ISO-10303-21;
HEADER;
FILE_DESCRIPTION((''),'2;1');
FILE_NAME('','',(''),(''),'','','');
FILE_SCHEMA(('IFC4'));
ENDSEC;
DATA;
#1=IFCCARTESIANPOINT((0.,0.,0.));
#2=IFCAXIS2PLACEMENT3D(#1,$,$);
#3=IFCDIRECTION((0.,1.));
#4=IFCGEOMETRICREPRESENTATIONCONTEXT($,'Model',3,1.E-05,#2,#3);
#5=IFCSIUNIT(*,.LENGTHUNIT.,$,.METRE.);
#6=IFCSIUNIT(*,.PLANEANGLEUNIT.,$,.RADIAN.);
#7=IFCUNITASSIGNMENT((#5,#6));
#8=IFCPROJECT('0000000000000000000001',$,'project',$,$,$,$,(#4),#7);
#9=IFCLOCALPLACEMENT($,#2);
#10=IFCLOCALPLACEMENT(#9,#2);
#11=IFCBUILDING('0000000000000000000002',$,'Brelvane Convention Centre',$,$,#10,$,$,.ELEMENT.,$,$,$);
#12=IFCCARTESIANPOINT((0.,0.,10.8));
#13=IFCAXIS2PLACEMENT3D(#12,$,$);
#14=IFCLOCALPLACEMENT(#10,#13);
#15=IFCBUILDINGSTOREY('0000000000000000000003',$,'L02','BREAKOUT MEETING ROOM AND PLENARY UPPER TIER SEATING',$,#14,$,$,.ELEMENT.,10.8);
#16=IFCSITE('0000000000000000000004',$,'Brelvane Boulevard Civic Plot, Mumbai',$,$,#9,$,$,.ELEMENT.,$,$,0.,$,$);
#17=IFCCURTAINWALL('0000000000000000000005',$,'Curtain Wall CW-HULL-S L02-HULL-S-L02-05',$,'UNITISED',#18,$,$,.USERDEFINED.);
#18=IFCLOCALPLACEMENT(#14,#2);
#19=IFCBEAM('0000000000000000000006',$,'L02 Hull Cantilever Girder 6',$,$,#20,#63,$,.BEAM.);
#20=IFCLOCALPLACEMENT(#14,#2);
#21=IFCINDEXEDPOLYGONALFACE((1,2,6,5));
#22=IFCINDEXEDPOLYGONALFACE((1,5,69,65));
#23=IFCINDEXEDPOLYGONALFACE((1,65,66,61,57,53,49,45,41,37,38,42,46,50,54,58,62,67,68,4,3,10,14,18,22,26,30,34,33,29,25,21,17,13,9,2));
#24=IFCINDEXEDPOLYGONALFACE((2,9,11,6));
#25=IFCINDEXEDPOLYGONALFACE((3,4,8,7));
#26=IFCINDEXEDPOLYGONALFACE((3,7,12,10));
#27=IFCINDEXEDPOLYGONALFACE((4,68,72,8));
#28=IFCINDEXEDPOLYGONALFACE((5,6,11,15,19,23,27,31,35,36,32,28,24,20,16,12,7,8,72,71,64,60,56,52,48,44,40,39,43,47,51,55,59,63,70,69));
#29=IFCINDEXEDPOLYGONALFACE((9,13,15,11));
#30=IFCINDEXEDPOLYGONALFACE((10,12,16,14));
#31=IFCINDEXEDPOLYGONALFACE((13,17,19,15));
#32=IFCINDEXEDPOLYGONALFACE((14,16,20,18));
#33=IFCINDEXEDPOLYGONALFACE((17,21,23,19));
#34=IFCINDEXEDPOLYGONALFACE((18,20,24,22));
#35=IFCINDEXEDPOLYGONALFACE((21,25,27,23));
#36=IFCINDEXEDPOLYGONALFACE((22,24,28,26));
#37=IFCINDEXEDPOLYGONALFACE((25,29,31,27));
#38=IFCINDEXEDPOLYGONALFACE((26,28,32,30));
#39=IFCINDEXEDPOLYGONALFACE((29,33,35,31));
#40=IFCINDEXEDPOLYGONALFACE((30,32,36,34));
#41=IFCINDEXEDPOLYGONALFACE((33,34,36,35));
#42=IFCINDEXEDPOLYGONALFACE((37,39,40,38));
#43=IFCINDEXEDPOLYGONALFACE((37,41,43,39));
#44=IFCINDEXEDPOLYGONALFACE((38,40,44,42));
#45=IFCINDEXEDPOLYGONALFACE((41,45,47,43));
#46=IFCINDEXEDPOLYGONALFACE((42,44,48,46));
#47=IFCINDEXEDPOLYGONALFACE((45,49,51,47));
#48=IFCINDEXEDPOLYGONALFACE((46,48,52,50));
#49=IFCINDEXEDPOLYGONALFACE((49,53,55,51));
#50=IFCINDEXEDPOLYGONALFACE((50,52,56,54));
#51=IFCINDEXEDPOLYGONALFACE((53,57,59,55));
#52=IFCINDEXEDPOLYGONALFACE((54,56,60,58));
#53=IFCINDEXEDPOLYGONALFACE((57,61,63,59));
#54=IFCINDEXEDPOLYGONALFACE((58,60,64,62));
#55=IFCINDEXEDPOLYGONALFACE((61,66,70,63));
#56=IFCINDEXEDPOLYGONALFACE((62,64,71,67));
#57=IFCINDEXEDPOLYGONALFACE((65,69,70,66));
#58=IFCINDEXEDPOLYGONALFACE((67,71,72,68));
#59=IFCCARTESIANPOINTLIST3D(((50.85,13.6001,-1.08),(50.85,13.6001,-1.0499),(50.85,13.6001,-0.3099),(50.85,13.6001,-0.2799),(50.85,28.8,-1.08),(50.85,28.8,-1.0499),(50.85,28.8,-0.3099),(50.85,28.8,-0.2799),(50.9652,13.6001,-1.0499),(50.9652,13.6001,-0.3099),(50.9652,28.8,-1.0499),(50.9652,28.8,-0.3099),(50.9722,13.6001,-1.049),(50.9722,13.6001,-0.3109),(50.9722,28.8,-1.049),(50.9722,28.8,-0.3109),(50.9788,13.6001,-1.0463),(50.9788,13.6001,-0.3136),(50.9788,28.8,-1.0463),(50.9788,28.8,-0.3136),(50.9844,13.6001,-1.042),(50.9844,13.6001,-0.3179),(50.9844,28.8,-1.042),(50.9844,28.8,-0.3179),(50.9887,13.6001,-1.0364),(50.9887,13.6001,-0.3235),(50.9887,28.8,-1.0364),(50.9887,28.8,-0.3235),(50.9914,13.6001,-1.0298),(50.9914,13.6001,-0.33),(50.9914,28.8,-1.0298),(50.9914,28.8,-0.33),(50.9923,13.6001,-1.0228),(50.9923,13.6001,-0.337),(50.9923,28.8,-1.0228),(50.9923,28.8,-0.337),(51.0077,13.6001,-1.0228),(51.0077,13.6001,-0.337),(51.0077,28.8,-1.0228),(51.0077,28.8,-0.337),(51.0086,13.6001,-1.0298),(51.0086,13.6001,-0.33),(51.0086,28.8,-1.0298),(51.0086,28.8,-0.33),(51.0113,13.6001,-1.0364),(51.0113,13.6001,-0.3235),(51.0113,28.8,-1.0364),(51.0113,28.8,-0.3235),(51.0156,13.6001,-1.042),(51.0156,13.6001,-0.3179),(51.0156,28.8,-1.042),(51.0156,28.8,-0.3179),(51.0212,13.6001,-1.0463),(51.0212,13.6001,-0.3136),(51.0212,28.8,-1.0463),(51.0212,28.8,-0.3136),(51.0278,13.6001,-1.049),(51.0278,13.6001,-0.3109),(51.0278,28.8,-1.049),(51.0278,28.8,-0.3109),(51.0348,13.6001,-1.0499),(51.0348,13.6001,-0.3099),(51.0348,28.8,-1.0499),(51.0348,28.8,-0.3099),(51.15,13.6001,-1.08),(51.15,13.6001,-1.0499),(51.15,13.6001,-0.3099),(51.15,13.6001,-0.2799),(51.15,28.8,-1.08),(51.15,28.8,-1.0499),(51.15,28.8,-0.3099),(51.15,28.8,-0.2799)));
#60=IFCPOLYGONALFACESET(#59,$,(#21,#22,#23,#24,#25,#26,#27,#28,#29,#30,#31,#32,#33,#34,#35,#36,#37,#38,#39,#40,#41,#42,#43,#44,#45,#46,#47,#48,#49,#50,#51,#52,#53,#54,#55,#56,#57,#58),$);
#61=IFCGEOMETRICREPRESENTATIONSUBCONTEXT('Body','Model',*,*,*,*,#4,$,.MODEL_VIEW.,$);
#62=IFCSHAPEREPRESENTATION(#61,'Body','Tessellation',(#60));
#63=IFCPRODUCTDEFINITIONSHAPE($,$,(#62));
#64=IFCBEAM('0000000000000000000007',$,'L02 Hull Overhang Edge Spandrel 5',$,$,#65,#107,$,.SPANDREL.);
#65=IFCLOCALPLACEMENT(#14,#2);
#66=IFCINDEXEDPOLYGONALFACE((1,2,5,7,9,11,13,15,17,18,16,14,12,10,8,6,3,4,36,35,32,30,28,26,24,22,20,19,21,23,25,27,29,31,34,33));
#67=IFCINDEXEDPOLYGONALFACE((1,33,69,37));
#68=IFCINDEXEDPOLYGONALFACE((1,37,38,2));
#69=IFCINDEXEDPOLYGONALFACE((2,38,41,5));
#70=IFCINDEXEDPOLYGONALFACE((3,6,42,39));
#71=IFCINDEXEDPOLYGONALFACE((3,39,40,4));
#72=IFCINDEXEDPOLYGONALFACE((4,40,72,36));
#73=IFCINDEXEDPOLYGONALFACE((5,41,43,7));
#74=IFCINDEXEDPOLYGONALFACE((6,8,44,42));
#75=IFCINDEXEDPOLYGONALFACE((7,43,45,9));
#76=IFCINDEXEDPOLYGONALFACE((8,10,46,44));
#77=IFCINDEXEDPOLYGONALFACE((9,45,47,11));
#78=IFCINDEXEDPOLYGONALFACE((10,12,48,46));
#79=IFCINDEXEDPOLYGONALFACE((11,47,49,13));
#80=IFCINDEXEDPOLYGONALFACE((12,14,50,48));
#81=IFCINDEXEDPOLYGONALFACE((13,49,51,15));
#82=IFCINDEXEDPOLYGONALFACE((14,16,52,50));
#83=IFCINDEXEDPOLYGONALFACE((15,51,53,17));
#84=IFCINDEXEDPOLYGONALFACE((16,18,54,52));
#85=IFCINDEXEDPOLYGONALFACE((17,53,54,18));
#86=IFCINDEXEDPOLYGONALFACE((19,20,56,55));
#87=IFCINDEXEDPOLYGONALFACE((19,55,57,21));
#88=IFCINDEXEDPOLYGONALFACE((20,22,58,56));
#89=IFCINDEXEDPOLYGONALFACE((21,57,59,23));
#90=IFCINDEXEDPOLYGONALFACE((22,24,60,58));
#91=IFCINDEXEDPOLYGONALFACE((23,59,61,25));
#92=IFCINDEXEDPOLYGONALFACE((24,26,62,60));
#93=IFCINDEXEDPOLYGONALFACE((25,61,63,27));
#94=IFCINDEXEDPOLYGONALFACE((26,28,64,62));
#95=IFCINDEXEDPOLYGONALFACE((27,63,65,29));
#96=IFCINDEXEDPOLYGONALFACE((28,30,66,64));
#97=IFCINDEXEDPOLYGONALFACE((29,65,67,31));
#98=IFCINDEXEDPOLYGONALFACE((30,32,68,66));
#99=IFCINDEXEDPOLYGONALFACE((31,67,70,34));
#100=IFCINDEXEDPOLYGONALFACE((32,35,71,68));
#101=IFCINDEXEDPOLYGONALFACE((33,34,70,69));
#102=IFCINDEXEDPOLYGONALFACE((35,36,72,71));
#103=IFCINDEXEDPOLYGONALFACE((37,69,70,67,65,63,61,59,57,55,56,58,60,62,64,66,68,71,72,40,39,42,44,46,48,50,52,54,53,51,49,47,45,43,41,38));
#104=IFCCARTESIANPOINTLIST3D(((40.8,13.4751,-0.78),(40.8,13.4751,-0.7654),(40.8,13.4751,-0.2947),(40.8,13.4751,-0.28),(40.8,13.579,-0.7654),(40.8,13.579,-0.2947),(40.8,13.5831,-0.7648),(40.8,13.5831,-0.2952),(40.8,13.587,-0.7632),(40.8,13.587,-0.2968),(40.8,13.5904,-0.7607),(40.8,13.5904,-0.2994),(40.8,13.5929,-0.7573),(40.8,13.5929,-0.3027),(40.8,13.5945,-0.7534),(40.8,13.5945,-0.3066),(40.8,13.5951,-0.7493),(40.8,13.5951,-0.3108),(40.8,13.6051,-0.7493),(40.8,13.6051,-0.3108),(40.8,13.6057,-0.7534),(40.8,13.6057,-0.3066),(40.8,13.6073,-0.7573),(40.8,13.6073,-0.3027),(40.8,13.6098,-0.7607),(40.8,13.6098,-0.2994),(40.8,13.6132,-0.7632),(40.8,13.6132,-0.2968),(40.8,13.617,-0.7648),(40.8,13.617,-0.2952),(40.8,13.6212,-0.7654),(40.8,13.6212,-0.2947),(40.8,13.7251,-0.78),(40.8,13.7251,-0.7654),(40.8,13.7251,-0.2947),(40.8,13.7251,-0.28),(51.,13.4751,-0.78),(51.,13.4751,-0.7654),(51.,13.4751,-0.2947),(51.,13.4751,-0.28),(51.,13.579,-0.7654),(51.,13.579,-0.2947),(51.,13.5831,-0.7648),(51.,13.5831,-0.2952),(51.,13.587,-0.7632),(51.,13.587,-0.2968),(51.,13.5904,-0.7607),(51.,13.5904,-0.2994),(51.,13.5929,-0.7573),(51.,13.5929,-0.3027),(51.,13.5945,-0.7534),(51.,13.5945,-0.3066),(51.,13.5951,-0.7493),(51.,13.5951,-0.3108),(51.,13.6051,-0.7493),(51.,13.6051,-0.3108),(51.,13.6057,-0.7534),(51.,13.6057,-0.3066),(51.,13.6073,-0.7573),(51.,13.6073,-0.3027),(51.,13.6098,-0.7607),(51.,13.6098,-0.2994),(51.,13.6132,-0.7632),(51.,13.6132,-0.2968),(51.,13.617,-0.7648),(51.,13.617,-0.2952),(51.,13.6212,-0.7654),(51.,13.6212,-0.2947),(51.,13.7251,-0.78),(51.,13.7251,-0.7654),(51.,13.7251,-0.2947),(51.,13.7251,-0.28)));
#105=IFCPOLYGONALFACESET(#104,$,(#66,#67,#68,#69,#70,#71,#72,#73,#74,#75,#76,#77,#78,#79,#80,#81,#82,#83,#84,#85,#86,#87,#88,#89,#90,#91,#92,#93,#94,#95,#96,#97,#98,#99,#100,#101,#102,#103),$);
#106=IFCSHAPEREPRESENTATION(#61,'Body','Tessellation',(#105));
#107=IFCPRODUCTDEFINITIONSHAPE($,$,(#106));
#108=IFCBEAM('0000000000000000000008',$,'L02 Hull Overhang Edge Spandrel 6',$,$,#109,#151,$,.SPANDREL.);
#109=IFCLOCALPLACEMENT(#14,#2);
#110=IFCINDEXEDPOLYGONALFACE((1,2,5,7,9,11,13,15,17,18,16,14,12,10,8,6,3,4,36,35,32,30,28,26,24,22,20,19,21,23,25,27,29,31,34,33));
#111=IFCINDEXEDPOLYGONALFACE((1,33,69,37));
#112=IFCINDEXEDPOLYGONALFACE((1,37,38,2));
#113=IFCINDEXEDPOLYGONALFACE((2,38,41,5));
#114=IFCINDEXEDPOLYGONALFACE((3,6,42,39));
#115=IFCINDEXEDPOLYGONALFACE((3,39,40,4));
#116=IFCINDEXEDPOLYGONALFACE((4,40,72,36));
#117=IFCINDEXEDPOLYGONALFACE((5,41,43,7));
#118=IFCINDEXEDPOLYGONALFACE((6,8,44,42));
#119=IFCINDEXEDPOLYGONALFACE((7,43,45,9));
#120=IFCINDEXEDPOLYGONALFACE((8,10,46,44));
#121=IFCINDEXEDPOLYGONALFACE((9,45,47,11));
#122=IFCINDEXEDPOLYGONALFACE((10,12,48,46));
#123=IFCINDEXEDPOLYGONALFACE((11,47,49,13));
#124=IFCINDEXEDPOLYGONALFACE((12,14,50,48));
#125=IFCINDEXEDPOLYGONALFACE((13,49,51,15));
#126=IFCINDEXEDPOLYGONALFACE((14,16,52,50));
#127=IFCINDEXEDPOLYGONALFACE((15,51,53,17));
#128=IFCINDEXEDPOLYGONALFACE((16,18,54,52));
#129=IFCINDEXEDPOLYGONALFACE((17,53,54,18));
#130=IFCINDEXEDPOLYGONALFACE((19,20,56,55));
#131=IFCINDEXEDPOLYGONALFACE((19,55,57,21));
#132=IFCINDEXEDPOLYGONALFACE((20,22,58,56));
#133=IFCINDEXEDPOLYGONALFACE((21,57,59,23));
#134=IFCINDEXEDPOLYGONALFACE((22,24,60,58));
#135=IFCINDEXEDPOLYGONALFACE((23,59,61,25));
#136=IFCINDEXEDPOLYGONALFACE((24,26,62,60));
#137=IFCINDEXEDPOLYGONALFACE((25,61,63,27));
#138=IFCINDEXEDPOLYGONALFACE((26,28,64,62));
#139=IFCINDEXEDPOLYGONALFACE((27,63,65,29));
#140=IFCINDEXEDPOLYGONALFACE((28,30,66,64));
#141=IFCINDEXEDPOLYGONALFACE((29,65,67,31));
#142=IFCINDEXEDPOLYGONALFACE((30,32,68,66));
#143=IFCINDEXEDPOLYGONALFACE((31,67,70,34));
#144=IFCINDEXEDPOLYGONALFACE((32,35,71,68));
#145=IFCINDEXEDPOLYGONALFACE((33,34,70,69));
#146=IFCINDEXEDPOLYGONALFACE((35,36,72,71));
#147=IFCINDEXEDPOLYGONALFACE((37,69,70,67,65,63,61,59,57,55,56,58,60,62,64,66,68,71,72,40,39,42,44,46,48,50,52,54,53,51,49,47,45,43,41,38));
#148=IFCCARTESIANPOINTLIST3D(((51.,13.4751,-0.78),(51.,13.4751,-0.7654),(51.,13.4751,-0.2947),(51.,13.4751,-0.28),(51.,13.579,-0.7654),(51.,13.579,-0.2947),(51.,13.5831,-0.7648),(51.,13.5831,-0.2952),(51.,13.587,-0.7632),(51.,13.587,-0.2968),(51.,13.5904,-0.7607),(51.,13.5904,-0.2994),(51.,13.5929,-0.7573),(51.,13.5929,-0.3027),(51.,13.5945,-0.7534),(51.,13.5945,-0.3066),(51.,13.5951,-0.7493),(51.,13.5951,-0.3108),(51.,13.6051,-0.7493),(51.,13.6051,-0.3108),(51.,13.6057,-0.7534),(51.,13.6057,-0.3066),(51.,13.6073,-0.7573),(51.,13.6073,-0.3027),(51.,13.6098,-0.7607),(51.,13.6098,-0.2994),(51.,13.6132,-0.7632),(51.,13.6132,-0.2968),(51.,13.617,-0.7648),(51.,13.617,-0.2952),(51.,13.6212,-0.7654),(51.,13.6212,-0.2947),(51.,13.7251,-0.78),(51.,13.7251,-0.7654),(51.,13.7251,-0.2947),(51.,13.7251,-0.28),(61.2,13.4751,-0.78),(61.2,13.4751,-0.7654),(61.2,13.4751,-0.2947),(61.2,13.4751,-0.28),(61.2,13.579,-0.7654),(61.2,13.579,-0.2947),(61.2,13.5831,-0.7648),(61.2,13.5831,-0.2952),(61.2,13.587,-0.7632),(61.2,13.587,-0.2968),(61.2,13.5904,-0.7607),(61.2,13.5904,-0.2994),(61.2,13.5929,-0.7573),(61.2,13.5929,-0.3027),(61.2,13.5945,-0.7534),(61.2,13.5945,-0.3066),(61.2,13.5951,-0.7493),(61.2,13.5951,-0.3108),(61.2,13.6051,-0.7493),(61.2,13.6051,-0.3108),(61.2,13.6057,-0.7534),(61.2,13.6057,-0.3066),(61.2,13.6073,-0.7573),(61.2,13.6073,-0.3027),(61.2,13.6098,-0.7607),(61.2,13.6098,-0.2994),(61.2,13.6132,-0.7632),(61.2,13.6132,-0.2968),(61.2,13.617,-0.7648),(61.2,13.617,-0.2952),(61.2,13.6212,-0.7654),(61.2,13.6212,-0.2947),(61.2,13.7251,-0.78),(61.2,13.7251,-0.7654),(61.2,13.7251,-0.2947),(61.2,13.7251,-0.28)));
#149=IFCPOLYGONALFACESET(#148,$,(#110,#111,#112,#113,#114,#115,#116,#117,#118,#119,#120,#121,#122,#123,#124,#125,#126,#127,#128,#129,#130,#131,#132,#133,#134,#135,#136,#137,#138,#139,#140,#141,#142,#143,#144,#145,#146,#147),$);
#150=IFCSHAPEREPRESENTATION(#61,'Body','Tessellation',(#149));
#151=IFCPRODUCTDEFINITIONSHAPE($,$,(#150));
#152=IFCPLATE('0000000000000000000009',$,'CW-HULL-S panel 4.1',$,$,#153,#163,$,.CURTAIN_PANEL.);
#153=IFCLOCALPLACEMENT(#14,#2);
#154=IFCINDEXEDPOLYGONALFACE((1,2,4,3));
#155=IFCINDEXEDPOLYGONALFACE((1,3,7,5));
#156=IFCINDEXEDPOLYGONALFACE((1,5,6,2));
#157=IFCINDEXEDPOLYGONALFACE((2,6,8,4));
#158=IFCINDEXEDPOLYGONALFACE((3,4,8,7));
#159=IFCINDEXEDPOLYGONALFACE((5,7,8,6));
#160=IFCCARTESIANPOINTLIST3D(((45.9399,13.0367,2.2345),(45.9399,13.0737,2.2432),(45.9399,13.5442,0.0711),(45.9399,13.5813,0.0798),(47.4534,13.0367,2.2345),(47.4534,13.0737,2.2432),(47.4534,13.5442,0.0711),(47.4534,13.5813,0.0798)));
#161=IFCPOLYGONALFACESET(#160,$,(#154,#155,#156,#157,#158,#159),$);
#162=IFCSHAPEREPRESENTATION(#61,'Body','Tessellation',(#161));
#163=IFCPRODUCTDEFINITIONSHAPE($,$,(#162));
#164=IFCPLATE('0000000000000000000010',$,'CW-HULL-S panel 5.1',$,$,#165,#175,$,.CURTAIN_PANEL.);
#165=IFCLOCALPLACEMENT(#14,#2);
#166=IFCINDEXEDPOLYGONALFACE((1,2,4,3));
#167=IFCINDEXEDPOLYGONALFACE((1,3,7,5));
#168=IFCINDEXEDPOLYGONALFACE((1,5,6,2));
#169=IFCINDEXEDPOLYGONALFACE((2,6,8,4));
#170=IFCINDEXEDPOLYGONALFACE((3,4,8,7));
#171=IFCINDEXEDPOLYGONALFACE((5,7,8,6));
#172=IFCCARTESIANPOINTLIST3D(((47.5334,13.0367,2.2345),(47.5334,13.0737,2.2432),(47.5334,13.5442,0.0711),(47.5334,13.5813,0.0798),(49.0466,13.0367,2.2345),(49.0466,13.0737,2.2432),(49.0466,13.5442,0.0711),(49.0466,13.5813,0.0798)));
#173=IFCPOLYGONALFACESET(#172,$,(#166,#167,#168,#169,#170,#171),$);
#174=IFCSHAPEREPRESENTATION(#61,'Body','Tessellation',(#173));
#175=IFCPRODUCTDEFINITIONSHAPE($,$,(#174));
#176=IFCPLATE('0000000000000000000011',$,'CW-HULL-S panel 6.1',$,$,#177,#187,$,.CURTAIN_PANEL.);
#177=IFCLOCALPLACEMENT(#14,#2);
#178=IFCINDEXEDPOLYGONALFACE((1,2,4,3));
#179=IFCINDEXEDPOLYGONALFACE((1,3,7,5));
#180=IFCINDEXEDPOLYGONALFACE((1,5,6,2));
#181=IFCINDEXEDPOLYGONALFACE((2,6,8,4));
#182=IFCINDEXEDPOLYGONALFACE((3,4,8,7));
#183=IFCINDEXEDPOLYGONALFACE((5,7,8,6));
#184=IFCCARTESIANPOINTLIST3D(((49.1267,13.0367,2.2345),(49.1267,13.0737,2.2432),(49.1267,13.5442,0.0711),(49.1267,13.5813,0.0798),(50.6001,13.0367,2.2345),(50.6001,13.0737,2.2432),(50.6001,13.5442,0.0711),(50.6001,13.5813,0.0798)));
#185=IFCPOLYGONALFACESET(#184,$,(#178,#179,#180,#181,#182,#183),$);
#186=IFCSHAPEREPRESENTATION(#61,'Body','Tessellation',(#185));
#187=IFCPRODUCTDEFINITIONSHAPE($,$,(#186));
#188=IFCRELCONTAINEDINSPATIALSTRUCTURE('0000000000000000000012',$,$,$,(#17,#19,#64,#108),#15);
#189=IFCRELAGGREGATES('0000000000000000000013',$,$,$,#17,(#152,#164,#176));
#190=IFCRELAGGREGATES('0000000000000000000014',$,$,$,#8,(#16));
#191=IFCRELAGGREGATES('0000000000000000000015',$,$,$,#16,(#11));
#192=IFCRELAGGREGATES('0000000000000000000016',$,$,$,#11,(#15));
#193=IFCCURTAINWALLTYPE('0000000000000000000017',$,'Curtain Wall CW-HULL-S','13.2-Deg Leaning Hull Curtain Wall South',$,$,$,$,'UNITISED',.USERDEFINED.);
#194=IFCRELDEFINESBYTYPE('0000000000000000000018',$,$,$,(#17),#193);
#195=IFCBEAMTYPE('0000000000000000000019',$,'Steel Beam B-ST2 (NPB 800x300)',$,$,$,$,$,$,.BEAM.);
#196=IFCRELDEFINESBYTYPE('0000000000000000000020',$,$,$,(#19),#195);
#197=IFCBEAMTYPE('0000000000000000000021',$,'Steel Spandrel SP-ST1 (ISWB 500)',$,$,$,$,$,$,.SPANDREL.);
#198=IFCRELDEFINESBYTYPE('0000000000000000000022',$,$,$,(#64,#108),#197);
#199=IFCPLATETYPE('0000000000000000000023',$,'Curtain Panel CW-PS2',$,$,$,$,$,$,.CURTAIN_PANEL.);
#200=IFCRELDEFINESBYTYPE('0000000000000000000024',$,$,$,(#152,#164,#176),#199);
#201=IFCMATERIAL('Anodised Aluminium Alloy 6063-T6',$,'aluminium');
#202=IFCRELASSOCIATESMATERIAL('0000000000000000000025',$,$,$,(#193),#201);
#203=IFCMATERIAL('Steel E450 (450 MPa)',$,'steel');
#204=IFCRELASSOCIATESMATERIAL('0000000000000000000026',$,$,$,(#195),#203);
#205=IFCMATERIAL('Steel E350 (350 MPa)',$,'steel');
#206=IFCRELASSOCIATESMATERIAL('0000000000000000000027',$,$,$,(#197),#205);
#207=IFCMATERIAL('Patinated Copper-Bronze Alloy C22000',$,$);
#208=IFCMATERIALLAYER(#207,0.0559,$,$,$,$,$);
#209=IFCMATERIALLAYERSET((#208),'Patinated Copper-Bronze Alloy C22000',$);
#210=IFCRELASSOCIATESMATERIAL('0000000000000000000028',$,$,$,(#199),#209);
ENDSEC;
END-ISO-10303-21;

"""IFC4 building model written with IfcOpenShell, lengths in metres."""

from ifc_helpers import new_model, si_unit, direction, frame, origin, origin_2d, place, context, subcontext, project, spatial, polyline, i_section, outline, extrude, material, layer, layer_set, material_profile, profile_set, type_object, element, aggregate, save


model = new_model("IFC4")

# Units and contexts
model_context = context("Model", 3, precision=1e-05, world=origin(), true_north=direction((0.0, 1.0)))
body_context = subcontext(model_context, "Body", "Model", "MODEL_VIEW")
ifc_project = project(units=[si_unit("LENGTHUNIT", "METRE"), si_unit("PLANEANGLEUNIT", "RADIAN")], contexts=[model_context])

# Site, building, storey
site_placement = place(None, origin())
site = spatial("IfcSite", under=ifc_project, at=site_placement, Name="Brelvane Boulevard Civic Plot, Mumbai", CompositionType="ELEMENT", RefElevation=0.0)
building_placement = place(site_placement, origin())
building = spatial("IfcBuilding", under=site, at=building_placement, Name="Brelvane Convention Centre", CompositionType="ELEMENT")
storey_placement = place(building_placement, frame((0.0, 0.0, 10.8)))
storey = spatial("IfcBuildingStorey", under=building, at=storey_placement, Name="L02", Description="BREAKOUT MEETING ROOM AND PLENARY UPPER TIER SEATING", CompositionType="ELEMENT", Elevation=10.8)

# Curtain wall
ifc_material_1 = material(Name="Anodised Aluminium Alloy 6063-T6", Category="aluminium")
curtain_wall_type = type_object("IfcCurtainWallType", Name="Curtain Wall CW-HULL-S", Description="13.2-Deg Leaning Hull Curtain Wall South", ElementType="UNITISED", PredefinedType="USERDEFINED", material=ifc_material_1)
curtain_wall_placement = place(storey_placement, origin())
curtain_wall = element("IfcCurtainWall", 1, at=curtain_wall_placement, inside=storey, type_object=curtain_wall_type, Name="Curtain Wall CW-HULL-S L02-HULL-S-L02-05", ObjectType="UNITISED", PredefinedType="USERDEFINED")

# Beams
ifc_material_2 = material(Name="Steel E450 (450 MPa)", Category="steel")
ifc_material_profile_1 = material_profile(ifc_material_2, i_section(OverallWidth=0.3, OverallDepth=0.8, WebThickness=0.0154, FlangeThickness=0.03, FilletRadius=0.0271, at=origin_2d()), Name="NPB 800x300")
ifc_profile_set_1 = profile_set([ifc_material_profile_1], Name="Steel E450 (450 MPa)")
beam_type_1 = type_object("IfcBeamType", Name="Steel Beam B-ST2 (NPB 800x300)", PredefinedType="BEAM", material=ifc_profile_set_1)
beam_1_placement = place(storey_placement, frame((51.0, 13.6001, -0.6799), z_axis=(0.0, 1.0, 0.0), x_axis=(-1.0, 0.0, 0.0)))
element("IfcBeam", 2, at=beam_1_placement, inside=storey, type_object=beam_type_1, Name="L02 Hull Cantilever Girder 6", PredefinedType="BEAM", context=body_context, shape_type="SweptSolid", body=[
    extrude(i_section(OverallWidth=0.3, OverallDepth=0.8, WebThickness=0.0154, FlangeThickness=0.03, FilletRadius=0.0271, at=origin_2d()), origin(), (0.0, 0.0, 1.0), 15.2),
])
ifc_material_3 = material(Name="Steel E350 (350 MPa)", Category="steel")
ifc_material_profile_2 = material_profile(ifc_material_3, i_section(OverallWidth=0.25, OverallDepth=0.5, WebThickness=0.01, FlangeThickness=0.0146, FilletRadius=0.0161, at=origin_2d()), Name="ISWB 500")
ifc_profile_set_2 = profile_set([ifc_material_profile_2], Name="Steel E350 (350 MPa)")
beam_type_2 = type_object("IfcBeamType", Name="Steel Spandrel SP-ST1 (ISWB 500)", PredefinedType="SPANDREL", material=ifc_profile_set_2)
for number, where, z_axis, x_axis, name in (
    (3, (40.8, 13.6001, -0.53), (1.0, 0.0, 0.0), (0.0, 1.0, 0.0), "L02 Hull Overhang Edge Spandrel 5"),
    (4, (51.0, 13.6001, -0.53), (1.0, 0.0, 0.0), (0.0, 1.0, 0.0), "L02 Hull Overhang Edge Spandrel 6"),
):
    element("IfcBeam", number, at=place(storey_placement, frame(where, z_axis=z_axis, x_axis=x_axis)), inside=storey, type_object=beam_type_2, Name=name, PredefinedType="SPANDREL", context=body_context, shape_type="SweptSolid", body=[
        extrude(i_section(OverallWidth=0.25, OverallDepth=0.5, WebThickness=0.01, FlangeThickness=0.0146, FilletRadius=0.0161, at=origin_2d()), origin(), (0.0, 0.0, 1.0), 10.2),
    ])

# Plates
ifc_material_4 = material(Name="Patinated Copper-Bronze Alloy C22000")
ifc_layer_1 = layer(ifc_material_4, 0.0559)
ifc_layer_set_1 = layer_set([ifc_layer_1], Name="Patinated Copper-Bronze Alloy C22000")
plate_type = type_object("IfcPlateType", Name="Curtain Panel CW-PS2", PredefinedType="CURTAIN_PANEL", material=ifc_layer_set_1)
plate_1_placement = place(storey_placement, frame((45.9399, 13.5813, 0.0798), z_axis=(0.0, 0.973563, 0.228421), x_axis=(1.0, 0.0, 0.0)))
plate_1 = element("IfcPlate", 5, at=plate_1_placement, type_object=plate_type, Name="CW-HULL-S panel 4.1", PredefinedType="CURTAIN_PANEL", context=body_context, shape_type="SweptSolid", body=[
    extrude(outline(polyline([(0.0, 0.0), (1.5134, 0.0), (1.5134, -2.2221), (0.0, -2.2221), (0.0, 0.0)])), origin(), (0.0, 0.0, -1.0), 0.0381),
])
plate_2_placement = place(storey_placement, frame((47.5334, 13.5813, 0.0798), z_axis=(0.0, 0.973563, 0.228421), x_axis=(1.0, 0.0, 0.0)))
plate_2 = element("IfcPlate", 6, at=plate_2_placement, type_object=plate_type, Name="CW-HULL-S panel 5.1", PredefinedType="CURTAIN_PANEL", context=body_context, shape_type="SweptSolid", body=[
    extrude(outline(polyline([(0.0, 0.0), (1.5132, 0.0), (1.5132, -2.2221), (0.0, -2.2221), (0.0, 0.0)])), origin(), (0.0, 0.0, -1.0), 0.0381),
])
plate_3_placement = place(storey_placement, frame((49.1267, 13.5813, 0.0798), z_axis=(0.0, 0.973563, 0.228421), x_axis=(1.0, 0.0, 0.0)))
plate_3 = element("IfcPlate", 7, at=plate_3_placement, type_object=plate_type, Name="CW-HULL-S panel 6.1", PredefinedType="CURTAIN_PANEL", context=body_context, shape_type="SweptSolid", body=[
    extrude(outline(polyline([(0.0, 0.0), (1.4734, 0.0), (1.4734, -2.2221), (0.0, -2.2221), (0.0, 0.0)])), origin(), (0.0, 0.0, -1.0), 0.0381),
])
aggregate(curtain_wall, [plate_1, plate_2, plate_3])

save(model, "model.ifc")
